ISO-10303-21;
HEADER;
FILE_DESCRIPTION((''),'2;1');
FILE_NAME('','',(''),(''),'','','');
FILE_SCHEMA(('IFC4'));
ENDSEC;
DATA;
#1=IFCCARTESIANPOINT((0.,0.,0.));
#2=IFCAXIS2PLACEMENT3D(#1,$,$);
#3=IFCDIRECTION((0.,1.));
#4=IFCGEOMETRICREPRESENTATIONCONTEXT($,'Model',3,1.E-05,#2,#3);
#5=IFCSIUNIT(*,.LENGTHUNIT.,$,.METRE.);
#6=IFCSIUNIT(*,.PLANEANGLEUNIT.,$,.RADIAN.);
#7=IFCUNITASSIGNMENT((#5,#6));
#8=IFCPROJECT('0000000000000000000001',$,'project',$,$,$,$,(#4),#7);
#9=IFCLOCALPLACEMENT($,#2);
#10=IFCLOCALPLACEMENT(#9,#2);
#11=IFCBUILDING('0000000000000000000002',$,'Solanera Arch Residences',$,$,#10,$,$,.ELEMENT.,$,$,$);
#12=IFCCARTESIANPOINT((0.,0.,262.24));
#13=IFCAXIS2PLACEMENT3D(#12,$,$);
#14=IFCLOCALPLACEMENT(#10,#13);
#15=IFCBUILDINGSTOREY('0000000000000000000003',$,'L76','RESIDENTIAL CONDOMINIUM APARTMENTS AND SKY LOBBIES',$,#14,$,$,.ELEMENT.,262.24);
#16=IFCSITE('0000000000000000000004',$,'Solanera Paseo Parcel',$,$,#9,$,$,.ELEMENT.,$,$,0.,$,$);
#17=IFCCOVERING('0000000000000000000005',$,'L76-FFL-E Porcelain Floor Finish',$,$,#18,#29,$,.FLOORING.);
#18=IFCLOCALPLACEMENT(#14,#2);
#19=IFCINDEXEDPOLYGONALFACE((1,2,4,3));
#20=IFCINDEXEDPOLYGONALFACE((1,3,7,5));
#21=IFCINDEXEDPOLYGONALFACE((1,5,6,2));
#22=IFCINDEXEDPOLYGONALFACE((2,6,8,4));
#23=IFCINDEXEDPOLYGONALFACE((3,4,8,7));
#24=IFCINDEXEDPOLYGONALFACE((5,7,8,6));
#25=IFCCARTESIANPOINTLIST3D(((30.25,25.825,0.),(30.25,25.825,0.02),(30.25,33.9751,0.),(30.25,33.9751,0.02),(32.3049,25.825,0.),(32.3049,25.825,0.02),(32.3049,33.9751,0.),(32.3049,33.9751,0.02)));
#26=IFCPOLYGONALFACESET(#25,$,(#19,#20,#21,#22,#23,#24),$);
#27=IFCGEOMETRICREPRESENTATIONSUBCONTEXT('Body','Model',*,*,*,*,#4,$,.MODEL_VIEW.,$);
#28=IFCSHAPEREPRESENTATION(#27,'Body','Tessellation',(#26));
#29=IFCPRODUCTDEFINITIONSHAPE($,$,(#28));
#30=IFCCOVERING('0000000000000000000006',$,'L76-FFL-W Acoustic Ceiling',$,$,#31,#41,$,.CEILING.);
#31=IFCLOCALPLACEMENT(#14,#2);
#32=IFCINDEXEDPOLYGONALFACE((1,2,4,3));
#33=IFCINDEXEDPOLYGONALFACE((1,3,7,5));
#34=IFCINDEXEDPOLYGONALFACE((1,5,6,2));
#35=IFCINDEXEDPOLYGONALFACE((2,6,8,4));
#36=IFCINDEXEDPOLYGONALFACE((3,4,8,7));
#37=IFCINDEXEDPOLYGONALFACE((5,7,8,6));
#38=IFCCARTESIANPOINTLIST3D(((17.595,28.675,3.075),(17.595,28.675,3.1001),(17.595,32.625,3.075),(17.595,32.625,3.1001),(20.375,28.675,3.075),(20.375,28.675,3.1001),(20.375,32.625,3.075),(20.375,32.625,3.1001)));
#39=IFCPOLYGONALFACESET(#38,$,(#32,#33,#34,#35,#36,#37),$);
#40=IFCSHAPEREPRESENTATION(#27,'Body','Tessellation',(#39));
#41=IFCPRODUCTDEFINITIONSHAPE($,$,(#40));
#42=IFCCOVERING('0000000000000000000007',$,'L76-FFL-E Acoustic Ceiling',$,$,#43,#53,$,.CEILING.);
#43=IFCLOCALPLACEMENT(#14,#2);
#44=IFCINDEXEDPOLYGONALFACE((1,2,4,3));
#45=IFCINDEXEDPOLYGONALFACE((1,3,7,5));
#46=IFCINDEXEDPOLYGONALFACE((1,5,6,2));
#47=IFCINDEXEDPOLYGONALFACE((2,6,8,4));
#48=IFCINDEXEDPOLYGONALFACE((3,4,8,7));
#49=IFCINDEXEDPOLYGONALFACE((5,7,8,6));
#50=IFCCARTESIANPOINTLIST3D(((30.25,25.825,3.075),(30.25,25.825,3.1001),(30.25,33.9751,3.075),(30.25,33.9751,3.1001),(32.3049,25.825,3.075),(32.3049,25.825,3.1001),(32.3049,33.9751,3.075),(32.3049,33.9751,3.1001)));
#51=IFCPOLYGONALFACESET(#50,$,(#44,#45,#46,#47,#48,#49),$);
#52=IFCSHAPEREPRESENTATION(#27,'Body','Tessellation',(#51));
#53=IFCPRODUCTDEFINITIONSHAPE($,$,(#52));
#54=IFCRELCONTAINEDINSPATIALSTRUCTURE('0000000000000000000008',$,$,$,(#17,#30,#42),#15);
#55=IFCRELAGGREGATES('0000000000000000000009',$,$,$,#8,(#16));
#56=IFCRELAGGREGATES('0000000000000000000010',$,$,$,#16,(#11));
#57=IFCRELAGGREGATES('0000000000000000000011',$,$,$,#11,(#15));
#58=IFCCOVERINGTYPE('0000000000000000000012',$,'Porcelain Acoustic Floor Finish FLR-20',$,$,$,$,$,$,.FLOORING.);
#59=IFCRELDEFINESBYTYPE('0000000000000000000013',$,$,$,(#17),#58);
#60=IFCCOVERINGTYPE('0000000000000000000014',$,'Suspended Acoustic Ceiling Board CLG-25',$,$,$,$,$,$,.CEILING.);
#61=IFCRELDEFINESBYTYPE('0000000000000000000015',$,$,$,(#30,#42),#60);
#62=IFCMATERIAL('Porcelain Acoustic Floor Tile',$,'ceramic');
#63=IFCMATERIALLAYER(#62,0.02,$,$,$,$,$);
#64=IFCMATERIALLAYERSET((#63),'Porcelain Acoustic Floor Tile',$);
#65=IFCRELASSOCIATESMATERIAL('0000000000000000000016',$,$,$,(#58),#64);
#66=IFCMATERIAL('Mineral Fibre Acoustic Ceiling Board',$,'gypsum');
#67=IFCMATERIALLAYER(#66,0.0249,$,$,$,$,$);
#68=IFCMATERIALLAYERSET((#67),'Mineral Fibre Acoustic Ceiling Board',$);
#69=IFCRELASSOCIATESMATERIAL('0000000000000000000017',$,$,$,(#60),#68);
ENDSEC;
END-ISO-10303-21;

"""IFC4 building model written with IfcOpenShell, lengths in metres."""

from ifc_helpers import new_model, si_unit, direction, frame, origin, place, context, subcontext, project, spatial, polyline, outline, extrude, material, layer, layer_set, type_object, element, save


model = new_model("IFC4")

# Units and contexts
model_context = context("Model", 3, precision=1e-05, world=origin(), true_north=direction((0.0, 1.0)))
body_context = subcontext(model_context, "Body", "Model", "MODEL_VIEW")
ifc_project = project(units=[si_unit("LENGTHUNIT", "METRE"), si_unit("PLANEANGLEUNIT", "RADIAN")], contexts=[model_context])

# Site, building, storey
site_placement = place(None, origin())
site = spatial("IfcSite", under=ifc_project, at=site_placement, Name="Solanera Paseo Parcel", CompositionType="ELEMENT", RefElevation=0.0)
building_placement = place(site_placement, origin())
building = spatial("IfcBuilding", under=site, at=building_placement, Name="Solanera Arch Residences", CompositionType="ELEMENT")
storey_placement = place(building_placement, frame((0.0, 0.0, 262.24)))
storey = spatial("IfcBuildingStorey", under=building, at=storey_placement, Name="L76", Description="RESIDENTIAL CONDOMINIUM APARTMENTS AND SKY LOBBIES", CompositionType="ELEMENT", Elevation=262.24)

# Coverings
ifc_material_1 = material(Name="Porcelain Acoustic Floor Tile", Category="ceramic")
ifc_layer_1 = layer(ifc_material_1, 0.02)
ifc_layer_set_1 = layer_set([ifc_layer_1], Name="Porcelain Acoustic Floor Tile")
covering_type_1 = type_object("IfcCoveringType", Name="Porcelain Acoustic Floor Finish FLR-20", PredefinedType="FLOORING", material=ifc_layer_set_1)
covering_1_placement = place(storey_placement, origin())
element("IfcCovering", 1, at=covering_1_placement, inside=storey, type_object=covering_type_1, Name="L76-FFL-E Porcelain Floor Finish", PredefinedType="FLOORING", context=body_context, shape_type="SweptSolid", body=[
    extrude(outline(polyline([(32.3049, 25.825), (30.25, 25.825), (30.25, 33.9751), (32.3049, 33.9751), (32.3049, 25.825)])), origin(), (0.0, 0.0, 1.0), 0.02),
])
ifc_material_2 = material(Name="Mineral Fibre Acoustic Ceiling Board", Category="gypsum")
ifc_layer_2 = layer(ifc_material_2, 0.0249)
ifc_layer_set_2 = layer_set([ifc_layer_2], Name="Mineral Fibre Acoustic Ceiling Board")
covering_type_2 = type_object("IfcCoveringType", Name="Suspended Acoustic Ceiling Board CLG-25", PredefinedType="CEILING", material=ifc_layer_set_2)
covering_2_placement = place(storey_placement, frame((0.0, 0.0, 3.075)))
element("IfcCovering", 2, at=covering_2_placement, inside=storey, type_object=covering_type_2, Name="L76-FFL-W Acoustic Ceiling", PredefinedType="CEILING", context=body_context, shape_type="SweptSolid", body=[
    extrude(outline(polyline([(20.375, 28.675), (17.595, 28.675), (17.595, 32.625), (20.375, 32.625), (20.375, 28.675)])), origin(), (0.0, 0.0, 1.0), 0.0251),
])
covering_3_placement = place(storey_placement, frame((0.0, 0.0, 3.075)))
element("IfcCovering", 3, at=covering_3_placement, inside=storey, type_object=covering_type_2, Name="L76-FFL-E Acoustic Ceiling", PredefinedType="CEILING", context=body_context, shape_type="SweptSolid", body=[
    extrude(outline(polyline([(32.3049, 25.825), (30.25, 25.825), (30.25, 33.9751), (32.3049, 33.9751), (32.3049, 25.825)])), origin(), (0.0, 0.0, 1.0), 0.0251),
])

save(model, "model.ifc")
